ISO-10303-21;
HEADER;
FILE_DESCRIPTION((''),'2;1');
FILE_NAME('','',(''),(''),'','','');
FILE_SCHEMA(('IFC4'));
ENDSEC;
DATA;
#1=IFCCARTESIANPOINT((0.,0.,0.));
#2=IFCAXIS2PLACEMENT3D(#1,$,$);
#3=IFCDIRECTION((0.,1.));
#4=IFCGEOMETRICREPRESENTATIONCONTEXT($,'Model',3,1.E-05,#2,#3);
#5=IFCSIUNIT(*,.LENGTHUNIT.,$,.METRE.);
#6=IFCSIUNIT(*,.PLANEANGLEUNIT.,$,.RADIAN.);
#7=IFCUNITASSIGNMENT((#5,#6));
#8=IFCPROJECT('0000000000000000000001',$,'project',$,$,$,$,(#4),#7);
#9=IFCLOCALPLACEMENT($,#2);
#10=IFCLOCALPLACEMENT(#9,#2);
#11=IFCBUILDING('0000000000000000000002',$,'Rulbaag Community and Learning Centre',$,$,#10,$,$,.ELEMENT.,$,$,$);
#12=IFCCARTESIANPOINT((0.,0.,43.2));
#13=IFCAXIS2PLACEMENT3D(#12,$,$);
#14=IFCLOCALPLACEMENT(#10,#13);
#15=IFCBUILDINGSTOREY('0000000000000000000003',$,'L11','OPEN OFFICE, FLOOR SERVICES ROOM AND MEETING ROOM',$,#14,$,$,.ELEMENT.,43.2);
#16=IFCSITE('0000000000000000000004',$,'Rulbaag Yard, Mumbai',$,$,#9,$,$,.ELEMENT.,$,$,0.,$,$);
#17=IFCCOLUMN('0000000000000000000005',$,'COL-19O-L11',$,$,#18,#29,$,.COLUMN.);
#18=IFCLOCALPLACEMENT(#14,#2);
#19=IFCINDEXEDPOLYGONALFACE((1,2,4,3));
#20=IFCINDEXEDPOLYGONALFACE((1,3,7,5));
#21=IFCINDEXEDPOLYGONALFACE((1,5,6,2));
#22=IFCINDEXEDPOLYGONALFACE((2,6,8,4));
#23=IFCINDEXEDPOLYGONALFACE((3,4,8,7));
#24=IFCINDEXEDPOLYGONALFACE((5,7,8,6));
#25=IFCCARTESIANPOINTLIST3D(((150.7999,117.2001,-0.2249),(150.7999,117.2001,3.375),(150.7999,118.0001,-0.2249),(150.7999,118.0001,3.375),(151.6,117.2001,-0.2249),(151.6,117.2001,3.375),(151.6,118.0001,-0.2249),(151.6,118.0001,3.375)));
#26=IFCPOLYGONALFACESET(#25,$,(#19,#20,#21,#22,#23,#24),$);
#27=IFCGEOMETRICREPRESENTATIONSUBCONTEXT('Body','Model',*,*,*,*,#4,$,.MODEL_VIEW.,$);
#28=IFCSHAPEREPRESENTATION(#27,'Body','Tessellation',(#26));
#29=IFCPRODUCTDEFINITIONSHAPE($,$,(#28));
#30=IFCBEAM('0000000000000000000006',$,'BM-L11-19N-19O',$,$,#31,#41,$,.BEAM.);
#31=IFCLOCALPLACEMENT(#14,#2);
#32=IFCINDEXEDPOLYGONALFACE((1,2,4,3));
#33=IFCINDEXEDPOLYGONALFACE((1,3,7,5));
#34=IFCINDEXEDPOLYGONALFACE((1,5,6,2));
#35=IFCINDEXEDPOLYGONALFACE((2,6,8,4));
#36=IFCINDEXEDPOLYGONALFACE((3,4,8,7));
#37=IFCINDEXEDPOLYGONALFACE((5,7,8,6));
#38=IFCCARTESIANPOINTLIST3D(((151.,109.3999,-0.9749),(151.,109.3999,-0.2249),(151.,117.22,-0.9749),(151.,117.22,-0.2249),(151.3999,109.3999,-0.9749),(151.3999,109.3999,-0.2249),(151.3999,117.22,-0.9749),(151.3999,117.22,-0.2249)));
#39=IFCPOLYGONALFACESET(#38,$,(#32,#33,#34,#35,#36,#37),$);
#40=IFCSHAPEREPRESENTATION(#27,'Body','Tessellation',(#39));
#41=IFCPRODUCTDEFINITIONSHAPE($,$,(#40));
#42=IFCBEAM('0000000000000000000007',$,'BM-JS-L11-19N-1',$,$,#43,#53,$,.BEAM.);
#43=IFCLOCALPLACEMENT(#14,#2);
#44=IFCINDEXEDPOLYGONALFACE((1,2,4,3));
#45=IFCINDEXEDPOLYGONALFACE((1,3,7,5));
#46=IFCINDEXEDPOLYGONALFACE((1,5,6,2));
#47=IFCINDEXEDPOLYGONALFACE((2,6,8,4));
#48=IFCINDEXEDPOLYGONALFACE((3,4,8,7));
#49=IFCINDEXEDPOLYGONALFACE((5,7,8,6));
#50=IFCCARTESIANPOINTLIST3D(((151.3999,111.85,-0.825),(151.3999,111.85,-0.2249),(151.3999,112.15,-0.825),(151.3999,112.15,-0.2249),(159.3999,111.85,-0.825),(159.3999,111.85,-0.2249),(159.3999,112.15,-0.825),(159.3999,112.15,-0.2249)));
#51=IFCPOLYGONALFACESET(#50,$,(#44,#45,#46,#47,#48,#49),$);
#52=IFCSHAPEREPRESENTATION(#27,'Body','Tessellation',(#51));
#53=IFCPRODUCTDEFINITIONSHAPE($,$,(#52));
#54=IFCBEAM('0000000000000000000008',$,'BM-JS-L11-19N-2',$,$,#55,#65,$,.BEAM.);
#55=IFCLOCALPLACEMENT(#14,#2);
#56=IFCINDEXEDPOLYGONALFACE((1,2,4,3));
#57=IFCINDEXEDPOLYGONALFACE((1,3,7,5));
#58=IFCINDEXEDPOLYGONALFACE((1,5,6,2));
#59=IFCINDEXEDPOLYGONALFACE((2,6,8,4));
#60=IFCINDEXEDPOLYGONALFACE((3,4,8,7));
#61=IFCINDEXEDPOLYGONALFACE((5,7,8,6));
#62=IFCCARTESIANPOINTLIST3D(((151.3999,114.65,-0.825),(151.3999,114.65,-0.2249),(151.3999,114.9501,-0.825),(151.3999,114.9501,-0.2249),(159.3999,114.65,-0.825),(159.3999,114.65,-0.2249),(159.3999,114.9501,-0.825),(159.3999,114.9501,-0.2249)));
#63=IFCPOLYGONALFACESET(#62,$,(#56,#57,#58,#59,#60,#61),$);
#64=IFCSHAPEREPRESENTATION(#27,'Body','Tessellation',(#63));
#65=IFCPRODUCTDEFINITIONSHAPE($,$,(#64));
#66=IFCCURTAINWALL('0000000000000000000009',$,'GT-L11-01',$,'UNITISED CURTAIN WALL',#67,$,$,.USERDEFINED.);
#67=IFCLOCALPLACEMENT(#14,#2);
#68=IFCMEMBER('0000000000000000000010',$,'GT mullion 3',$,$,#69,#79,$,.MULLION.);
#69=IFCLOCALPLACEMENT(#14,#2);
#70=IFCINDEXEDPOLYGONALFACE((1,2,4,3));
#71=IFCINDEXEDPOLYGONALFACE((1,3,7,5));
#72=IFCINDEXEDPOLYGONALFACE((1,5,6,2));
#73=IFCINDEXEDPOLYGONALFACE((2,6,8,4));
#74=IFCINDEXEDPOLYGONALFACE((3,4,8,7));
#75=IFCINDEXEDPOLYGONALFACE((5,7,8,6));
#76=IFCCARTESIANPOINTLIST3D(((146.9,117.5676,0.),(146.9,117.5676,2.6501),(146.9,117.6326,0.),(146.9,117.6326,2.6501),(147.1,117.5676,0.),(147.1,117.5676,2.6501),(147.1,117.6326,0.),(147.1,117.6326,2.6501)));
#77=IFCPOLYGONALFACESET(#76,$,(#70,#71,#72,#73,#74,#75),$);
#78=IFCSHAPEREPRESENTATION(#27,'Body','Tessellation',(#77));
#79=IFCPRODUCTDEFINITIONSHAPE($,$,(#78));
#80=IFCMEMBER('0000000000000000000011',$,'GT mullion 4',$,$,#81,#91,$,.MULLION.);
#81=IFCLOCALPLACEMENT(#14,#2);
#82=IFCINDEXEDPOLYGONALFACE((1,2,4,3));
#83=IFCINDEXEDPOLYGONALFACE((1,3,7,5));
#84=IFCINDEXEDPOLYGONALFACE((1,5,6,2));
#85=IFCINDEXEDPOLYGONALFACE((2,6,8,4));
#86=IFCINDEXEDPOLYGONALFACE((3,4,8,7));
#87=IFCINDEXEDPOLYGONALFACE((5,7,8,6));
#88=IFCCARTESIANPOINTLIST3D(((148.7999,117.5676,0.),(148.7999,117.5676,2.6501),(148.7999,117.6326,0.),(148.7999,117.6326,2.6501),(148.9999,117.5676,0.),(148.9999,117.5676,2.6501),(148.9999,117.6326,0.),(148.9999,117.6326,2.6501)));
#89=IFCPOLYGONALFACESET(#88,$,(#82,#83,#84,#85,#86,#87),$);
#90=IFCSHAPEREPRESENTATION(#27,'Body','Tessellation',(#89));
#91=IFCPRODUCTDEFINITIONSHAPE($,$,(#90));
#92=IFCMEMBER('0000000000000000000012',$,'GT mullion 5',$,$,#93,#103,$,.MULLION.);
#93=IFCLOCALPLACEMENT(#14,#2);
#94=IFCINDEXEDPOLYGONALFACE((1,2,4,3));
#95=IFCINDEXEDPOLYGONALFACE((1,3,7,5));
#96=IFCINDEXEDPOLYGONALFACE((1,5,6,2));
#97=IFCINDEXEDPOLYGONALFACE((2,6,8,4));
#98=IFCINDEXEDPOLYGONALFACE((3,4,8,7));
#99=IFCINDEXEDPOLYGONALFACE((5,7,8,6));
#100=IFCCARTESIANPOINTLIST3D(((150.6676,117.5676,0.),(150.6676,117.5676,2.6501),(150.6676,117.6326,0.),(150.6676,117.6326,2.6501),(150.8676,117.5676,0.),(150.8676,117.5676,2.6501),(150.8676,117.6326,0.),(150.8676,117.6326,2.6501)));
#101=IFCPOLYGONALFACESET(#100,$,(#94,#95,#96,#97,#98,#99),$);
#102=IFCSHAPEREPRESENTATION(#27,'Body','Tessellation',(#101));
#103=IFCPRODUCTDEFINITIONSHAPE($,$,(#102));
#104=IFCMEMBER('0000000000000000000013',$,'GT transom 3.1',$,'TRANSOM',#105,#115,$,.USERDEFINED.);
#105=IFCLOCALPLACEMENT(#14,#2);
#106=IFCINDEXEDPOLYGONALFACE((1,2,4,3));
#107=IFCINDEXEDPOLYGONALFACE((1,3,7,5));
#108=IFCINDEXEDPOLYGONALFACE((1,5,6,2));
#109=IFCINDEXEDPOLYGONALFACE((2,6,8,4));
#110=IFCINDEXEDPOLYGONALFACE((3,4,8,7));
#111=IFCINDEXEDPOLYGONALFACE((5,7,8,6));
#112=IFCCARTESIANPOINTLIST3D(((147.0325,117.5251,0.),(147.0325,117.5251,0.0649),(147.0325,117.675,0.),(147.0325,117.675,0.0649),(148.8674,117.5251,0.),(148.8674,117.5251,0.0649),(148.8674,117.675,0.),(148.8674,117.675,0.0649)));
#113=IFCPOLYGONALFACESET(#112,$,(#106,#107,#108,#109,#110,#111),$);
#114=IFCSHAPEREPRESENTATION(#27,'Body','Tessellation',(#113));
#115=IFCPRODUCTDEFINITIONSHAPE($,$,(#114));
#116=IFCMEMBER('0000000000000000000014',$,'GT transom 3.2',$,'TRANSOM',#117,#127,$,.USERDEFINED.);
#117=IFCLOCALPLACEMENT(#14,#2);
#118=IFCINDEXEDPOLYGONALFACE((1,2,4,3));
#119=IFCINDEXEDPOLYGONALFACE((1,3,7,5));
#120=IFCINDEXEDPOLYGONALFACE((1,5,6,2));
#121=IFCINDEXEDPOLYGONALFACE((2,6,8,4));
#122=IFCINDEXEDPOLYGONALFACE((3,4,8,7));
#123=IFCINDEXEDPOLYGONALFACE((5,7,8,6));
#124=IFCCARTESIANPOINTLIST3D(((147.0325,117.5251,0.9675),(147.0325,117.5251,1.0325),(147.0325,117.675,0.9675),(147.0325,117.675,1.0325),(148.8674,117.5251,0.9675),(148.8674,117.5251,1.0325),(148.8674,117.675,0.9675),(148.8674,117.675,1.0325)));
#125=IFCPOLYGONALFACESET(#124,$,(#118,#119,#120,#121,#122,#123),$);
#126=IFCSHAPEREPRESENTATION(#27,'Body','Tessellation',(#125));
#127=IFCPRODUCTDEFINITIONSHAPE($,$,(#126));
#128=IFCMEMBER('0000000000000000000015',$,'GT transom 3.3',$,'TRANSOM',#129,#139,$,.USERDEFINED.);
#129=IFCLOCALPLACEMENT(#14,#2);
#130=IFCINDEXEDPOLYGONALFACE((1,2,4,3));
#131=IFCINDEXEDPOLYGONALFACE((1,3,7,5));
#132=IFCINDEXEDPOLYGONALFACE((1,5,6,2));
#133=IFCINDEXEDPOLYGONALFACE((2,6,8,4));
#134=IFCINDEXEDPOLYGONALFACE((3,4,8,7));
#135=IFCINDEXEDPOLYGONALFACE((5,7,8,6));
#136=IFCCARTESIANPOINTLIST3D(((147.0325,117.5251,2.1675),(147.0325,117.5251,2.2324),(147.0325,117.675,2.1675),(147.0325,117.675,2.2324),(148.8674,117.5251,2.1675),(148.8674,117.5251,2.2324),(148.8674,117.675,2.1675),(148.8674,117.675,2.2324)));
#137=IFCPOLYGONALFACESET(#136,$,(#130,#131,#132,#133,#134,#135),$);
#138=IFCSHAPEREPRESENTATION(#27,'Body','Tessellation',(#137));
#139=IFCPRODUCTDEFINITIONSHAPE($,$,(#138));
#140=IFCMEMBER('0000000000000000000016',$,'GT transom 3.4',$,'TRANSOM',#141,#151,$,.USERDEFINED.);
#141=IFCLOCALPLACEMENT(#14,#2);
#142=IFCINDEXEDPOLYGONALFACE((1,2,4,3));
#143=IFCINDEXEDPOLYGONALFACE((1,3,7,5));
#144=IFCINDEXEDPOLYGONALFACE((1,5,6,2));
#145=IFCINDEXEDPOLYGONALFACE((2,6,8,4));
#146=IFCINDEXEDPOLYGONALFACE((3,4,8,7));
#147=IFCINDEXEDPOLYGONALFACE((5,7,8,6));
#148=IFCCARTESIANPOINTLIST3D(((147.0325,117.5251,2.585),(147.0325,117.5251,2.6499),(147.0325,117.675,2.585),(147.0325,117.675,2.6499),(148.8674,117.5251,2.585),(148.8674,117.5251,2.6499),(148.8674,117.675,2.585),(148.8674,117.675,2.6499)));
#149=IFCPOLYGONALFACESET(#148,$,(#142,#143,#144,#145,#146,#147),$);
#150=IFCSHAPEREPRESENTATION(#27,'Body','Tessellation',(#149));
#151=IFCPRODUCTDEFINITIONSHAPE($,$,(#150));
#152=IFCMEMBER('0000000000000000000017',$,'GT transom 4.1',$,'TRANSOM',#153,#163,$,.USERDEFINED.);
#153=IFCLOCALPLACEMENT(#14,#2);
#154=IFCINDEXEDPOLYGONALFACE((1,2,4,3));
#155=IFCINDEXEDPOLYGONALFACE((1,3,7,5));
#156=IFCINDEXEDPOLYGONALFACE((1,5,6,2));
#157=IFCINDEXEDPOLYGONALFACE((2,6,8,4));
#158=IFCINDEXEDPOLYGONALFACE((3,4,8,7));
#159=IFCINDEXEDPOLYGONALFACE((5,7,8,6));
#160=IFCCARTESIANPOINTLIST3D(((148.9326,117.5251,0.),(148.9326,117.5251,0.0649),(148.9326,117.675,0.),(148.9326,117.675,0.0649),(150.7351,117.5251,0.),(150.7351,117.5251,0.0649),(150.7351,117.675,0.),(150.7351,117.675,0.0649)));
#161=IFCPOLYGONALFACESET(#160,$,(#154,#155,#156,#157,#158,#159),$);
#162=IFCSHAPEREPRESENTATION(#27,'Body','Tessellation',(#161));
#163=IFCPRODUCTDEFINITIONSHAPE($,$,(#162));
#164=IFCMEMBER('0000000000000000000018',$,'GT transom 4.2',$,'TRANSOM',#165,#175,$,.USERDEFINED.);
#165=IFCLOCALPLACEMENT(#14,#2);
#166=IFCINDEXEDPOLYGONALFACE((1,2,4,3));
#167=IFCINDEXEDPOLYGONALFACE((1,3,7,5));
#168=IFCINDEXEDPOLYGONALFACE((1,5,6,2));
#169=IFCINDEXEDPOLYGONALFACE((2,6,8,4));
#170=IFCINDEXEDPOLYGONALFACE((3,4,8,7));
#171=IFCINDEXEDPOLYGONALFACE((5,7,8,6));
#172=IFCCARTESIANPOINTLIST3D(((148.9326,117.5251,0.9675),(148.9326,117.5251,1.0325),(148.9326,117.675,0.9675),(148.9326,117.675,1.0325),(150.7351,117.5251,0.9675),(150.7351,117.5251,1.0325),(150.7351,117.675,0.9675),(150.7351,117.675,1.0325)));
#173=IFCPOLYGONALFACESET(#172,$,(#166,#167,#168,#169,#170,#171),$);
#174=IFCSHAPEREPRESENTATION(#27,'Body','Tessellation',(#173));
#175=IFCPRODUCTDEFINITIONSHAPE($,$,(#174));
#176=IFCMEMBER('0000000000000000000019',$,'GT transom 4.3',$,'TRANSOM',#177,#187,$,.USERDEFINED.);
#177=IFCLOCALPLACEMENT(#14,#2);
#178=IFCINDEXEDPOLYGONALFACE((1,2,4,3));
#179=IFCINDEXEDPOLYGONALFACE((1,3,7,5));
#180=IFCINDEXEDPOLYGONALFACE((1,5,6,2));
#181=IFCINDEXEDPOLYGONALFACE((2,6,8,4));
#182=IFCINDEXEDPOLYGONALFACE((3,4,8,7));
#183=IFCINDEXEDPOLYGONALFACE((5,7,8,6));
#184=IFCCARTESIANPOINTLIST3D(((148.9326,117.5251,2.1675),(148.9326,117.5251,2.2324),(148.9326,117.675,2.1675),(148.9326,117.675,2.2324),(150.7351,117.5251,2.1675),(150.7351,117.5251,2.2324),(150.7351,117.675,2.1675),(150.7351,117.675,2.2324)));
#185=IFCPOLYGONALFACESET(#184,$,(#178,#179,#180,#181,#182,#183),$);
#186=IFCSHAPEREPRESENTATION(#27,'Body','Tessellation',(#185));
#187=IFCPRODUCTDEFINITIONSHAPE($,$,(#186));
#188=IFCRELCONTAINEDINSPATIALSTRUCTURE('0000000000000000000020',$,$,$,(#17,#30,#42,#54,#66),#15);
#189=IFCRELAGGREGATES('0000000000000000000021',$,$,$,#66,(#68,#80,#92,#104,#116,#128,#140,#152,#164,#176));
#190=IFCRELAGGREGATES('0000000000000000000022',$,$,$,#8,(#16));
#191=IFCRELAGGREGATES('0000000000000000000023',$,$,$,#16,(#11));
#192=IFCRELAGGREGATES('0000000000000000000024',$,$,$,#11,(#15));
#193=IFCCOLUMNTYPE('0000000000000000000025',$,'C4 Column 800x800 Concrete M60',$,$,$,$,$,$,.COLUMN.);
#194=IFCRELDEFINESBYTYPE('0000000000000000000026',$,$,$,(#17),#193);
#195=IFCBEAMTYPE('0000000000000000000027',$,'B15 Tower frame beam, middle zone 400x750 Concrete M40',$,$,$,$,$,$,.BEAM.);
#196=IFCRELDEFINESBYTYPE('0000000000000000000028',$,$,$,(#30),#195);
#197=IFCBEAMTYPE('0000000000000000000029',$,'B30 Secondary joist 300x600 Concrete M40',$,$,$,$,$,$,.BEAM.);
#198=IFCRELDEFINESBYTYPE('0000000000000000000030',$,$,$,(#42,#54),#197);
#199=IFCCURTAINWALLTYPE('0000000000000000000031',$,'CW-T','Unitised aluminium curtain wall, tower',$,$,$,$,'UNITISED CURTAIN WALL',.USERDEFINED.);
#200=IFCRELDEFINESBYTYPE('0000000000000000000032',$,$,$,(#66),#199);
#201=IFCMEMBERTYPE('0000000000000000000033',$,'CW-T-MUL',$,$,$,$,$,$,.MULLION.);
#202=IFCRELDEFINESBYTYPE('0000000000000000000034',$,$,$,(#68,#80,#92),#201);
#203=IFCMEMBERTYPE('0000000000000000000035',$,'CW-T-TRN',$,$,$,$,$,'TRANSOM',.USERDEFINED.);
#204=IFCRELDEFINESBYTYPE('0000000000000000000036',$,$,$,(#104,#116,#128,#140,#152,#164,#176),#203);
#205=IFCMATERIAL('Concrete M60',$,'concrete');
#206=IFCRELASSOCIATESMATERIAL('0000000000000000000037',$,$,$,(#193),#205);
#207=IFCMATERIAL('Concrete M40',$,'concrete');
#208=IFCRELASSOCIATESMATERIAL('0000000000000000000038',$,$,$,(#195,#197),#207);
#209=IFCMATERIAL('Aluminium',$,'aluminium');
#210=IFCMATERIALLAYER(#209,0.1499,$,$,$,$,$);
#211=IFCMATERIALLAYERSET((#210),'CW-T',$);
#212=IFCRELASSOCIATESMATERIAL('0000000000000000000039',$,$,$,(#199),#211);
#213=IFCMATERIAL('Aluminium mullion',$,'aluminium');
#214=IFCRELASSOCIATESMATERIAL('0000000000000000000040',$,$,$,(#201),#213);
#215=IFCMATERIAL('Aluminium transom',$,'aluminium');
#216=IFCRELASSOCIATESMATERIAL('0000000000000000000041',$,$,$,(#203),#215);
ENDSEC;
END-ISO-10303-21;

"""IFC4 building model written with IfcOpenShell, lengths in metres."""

from ifc_helpers import new_model, si_unit, direction, frame, origin, origin_2d, place, context, subcontext, project, spatial, rectangle, extrude, material, layer, layer_set, material_profile, profile_set, type_object, element, aggregate, save


model = new_model("IFC4")

# Units and contexts
model_context = context("Model", 3, precision=1e-05, world=origin(), true_north=direction((0.0, 1.0)))
body_context = subcontext(model_context, "Body", "Model", "MODEL_VIEW")
ifc_project = project(units=[si_unit("LENGTHUNIT", "METRE"), si_unit("PLANEANGLEUNIT", "RADIAN")], contexts=[model_context])

# Site, building, storey
site_placement = place(None, origin())
site = spatial("IfcSite", under=ifc_project, at=site_placement, Name="Rulbaag Yard, Mumbai", CompositionType="ELEMENT", RefElevation=0.0)
building_placement = place(site_placement, origin())
building = spatial("IfcBuilding", under=site, at=building_placement, Name="Rulbaag Community and Learning Centre", CompositionType="ELEMENT")
storey_placement = place(building_placement, frame((0.0, 0.0, 43.2)))
storey = spatial("IfcBuildingStorey", under=building, at=storey_placement, Name="L11", Description="OPEN OFFICE, FLOOR SERVICES ROOM AND MEETING ROOM", CompositionType="ELEMENT", Elevation=43.2)

# Column
ifc_material_1 = material(Name="Concrete M60", Category="concrete")
ifc_material_profile_1 = material_profile(ifc_material_1, rectangle(XDim=0.8, YDim=0.8, at=origin_2d()), Name="RC800x800")
ifc_profile_set_1 = profile_set([ifc_material_profile_1], Name="Concrete M60")
column_type = type_object("IfcColumnType", Name="C4 Column 800x800 Concrete M60", PredefinedType="COLUMN", material=ifc_profile_set_1)
column_placement = place(storey_placement, frame((151.2, 117.6001, -0.2249), z_axis=(0.0, 0.0, 1.0), x_axis=(1.0, 0.0, 0.0)))
element("IfcColumn", 1, at=column_placement, inside=storey, type_object=column_type, Name="COL-19O-L11", PredefinedType="COLUMN", context=body_context, shape_type="SweptSolid", body=[
    extrude(rectangle(XDim=0.8, YDim=0.8, at=origin_2d()), origin(), (0.0, 0.0, 1.0), 3.5999),
])

# Beams
ifc_material_2 = material(Name="Concrete M40", Category="concrete")
ifc_material_profile_2 = material_profile(ifc_material_2, rectangle(XDim=0.3999, YDim=0.75, at=origin_2d()), Name="RB400x750")
ifc_profile_set_2 = profile_set([ifc_material_profile_2], Name="Concrete M40")
beam_type_1 = type_object("IfcBeamType", Name="B15 Tower frame beam, middle zone 400x750 Concrete M40", PredefinedType="BEAM", material=ifc_profile_set_2)
beam_placement = place(storey_placement, frame((151.2, 109.3999, -0.5999), z_axis=(0.0, 1.0, 0.0), x_axis=(-1.0, 0.0, 0.0)))
element("IfcBeam", 2, at=beam_placement, inside=storey, type_object=beam_type_1, Name="BM-L11-19N-19O", PredefinedType="BEAM", context=body_context, shape_type="SweptSolid", body=[
    extrude(rectangle(XDim=0.3999, YDim=0.75, at=origin_2d()), origin(), (0.0, 0.0, 1.0), 7.8201),
])
ifc_material_profile_3 = material_profile(ifc_material_2, rectangle(XDim=0.3, YDim=0.6001, at=origin_2d()), Name="RB300x600")
ifc_profile_set_3 = profile_set([ifc_material_profile_3], Name="Concrete M40")
beam_type_2 = type_object("IfcBeamType", Name="B30 Secondary joist 300x600 Concrete M40", PredefinedType="BEAM", material=ifc_profile_set_3)
for number, where, z_axis, x_axis, name in (
    (3, (151.3999, 112.0, -0.5249), (1.0, 0.0, 0.0), (0.0, 1.0, 0.0), "BM-JS-L11-19N-1"),
    (4, (151.3999, 114.8, -0.5249), (1.0, 0.0, 0.0), (0.0, 1.0, 0.0), "BM-JS-L11-19N-2"),
):
    element("IfcBeam", number, at=place(storey_placement, frame(where, z_axis=z_axis, x_axis=x_axis)), inside=storey, type_object=beam_type_2, Name=name, PredefinedType="BEAM", context=body_context, shape_type="SweptSolid", body=[
        extrude(rectangle(XDim=0.3, YDim=0.6001, at=origin_2d()), origin(), (0.0, 0.0, 1.0), 8.0),
    ])

# Curtain wall, members
ifc_material_3 = material(Name="Aluminium", Category="aluminium")
ifc_layer_1 = layer(ifc_material_3, 0.1499)
ifc_layer_set_1 = layer_set([ifc_layer_1], Name="CW-T")
curtain_wall_type = type_object("IfcCurtainWallType", Name="CW-T", Description="Unitised aluminium curtain wall, tower", ElementType="UNITISED CURTAIN WALL", PredefinedType="USERDEFINED", material=ifc_layer_set_1)
curtain_wall_placement = place(storey_placement, origin())
curtain_wall = element("IfcCurtainWall", 5, at=curtain_wall_placement, inside=storey, type_object=curtain_wall_type, Name="GT-L11-01", ObjectType="UNITISED CURTAIN WALL", PredefinedType="USERDEFINED")
ifc_material_4 = material(Name="Aluminium mullion", Category="aluminium")
ifc_material_profile_4 = material_profile(ifc_material_4, rectangle(XDim=0.0649, YDim=0.2, at=origin_2d()), Name="AL 65x200")
ifc_profile_set_4 = profile_set([ifc_material_profile_4], Name="Aluminium mullion")
member_type_1 = type_object("IfcMemberType", Name="CW-T-MUL", PredefinedType="MULLION", material=ifc_profile_set_4)
member_1_placement = place(storey_placement, frame((147.0, 117.6001, 0.0), z_axis=(0.0, 0.0, 1.0), x_axis=(0.0, 1.0, 0.0)))
member_1 = element("IfcMember", 6, at=member_1_placement, type_object=member_type_1, Name="GT mullion 3", PredefinedType="MULLION", context=body_context, shape_type="SweptSolid", body=[
    extrude(rectangle(XDim=0.0649, YDim=0.2, at=origin_2d()), origin(), (0.0, 0.0, 1.0), 2.6501),
])
member_2_placement = place(storey_placement, frame((148.8999, 117.6001, 0.0), z_axis=(0.0, 0.0, 1.0), x_axis=(0.0, 1.0, 0.0)))
member_2 = element("IfcMember", 7, at=member_2_placement, type_object=member_type_1, Name="GT mullion 4", PredefinedType="MULLION", context=body_context, shape_type="SweptSolid", body=[
    extrude(rectangle(XDim=0.0649, YDim=0.2, at=origin_2d()), origin(), (0.0, 0.0, 1.0), 2.6501),
])
member_3_placement = place(storey_placement, frame((150.7676, 117.6001, 0.0), z_axis=(0.0, 0.0, 1.0), x_axis=(0.0, 1.0, 0.0)))
member_3 = element("IfcMember", 8, at=member_3_placement, type_object=member_type_1, Name="GT mullion 5", PredefinedType="MULLION", context=body_context, shape_type="SweptSolid", body=[
    extrude(rectangle(XDim=0.0649, YDim=0.2, at=origin_2d()), origin(), (0.0, 0.0, 1.0), 2.6501),
])
ifc_material_5 = material(Name="Aluminium transom", Category="aluminium")
ifc_material_profile_5 = material_profile(ifc_material_5, rectangle(XDim=0.1499, YDim=0.0649, at=origin_2d()), Name="AL 65x150 T")
ifc_profile_set_5 = profile_set([ifc_material_profile_5], Name="Aluminium transom")
member_type_2 = type_object("IfcMemberType", Name="CW-T-TRN", ElementType="TRANSOM", PredefinedType="USERDEFINED", material=ifc_profile_set_5)
member_4_placement = place(storey_placement, frame((147.0325, 117.6001, 0.0325), z_axis=(1.0, 0.0, 0.0), x_axis=(0.0, 1.0, 0.0)))
member_4 = element("IfcMember", 9, at=member_4_placement, type_object=member_type_2, Name="GT transom 3.1", ObjectType="TRANSOM", PredefinedType="USERDEFINED", context=body_context, shape_type="SweptSolid", body=[
    extrude(rectangle(XDim=0.1499, YDim=0.0649, at=origin_2d()), origin(), (0.0, 0.0, 1.0), 1.835),
])
member_5_placement = place(storey_placement, frame((147.0325, 117.6001, 1.0), z_axis=(1.0, 0.0, 0.0), x_axis=(0.0, 1.0, 0.0)))
member_5 = element("IfcMember", 10, at=member_5_placement, type_object=member_type_2, Name="GT transom 3.2", ObjectType="TRANSOM", PredefinedType="USERDEFINED", context=body_context, shape_type="SweptSolid", body=[
    extrude(rectangle(XDim=0.1499, YDim=0.0649, at=origin_2d()), origin(), (0.0, 0.0, 1.0), 1.835),
])
member_6_placement = place(storey_placement, frame((147.0325, 117.6001, 2.2), z_axis=(1.0, 0.0, 0.0), x_axis=(0.0, 1.0, 0.0)))
member_6 = element("IfcMember", 11, at=member_6_placement, type_object=member_type_2, Name="GT transom 3.3", ObjectType="TRANSOM", PredefinedType="USERDEFINED", context=body_context, shape_type="SweptSolid", body=[
    extrude(rectangle(XDim=0.1499, YDim=0.0649, at=origin_2d()), origin(), (0.0, 0.0, 1.0), 1.835),
])
member_7_placement = place(storey_placement, frame((147.0325, 117.6001, 2.6174), z_axis=(1.0, 0.0, 0.0), x_axis=(0.0, 1.0, 0.0)))
member_7 = element("IfcMember", 12, at=member_7_placement, type_object=member_type_2, Name="GT transom 3.4", ObjectType="TRANSOM", PredefinedType="USERDEFINED", context=body_context, shape_type="SweptSolid", body=[
    extrude(rectangle(XDim=0.1499, YDim=0.0649, at=origin_2d()), origin(), (0.0, 0.0, 1.0), 1.835),
])
member_8_placement = place(storey_placement, frame((148.9326, 117.6001, 0.0325), z_axis=(1.0, 0.0, 0.0), x_axis=(0.0, 1.0, 0.0)))
member_8 = element("IfcMember", 13, at=member_8_placement, type_object=member_type_2, Name="GT transom 4.1", ObjectType="TRANSOM", PredefinedType="USERDEFINED", context=body_context, shape_type="SweptSolid", body=[
    extrude(rectangle(XDim=0.1499, YDim=0.0649, at=origin_2d()), origin(), (0.0, 0.0, 1.0), 1.8025),
])
member_9_placement = place(storey_placement, frame((148.9326, 117.6001, 1.0), z_axis=(1.0, 0.0, 0.0), x_axis=(0.0, 1.0, 0.0)))
member_9 = element("IfcMember", 14, at=member_9_placement, type_object=member_type_2, Name="GT transom 4.2", ObjectType="TRANSOM", PredefinedType="USERDEFINED", context=body_context, shape_type="SweptSolid", body=[
    extrude(rectangle(XDim=0.1499, YDim=0.0649, at=origin_2d()), origin(), (0.0, 0.0, 1.0), 1.8025),
])
member_10_placement = place(storey_placement, frame((148.9326, 117.6001, 2.2), z_axis=(1.0, 0.0, 0.0), x_axis=(0.0, 1.0, 0.0)))
member_10 = element("IfcMember", 15, at=member_10_placement, type_object=member_type_2, Name="GT transom 4.3", ObjectType="TRANSOM", PredefinedType="USERDEFINED", context=body_context, shape_type="SweptSolid", body=[
    extrude(rectangle(XDim=0.1499, YDim=0.0649, at=origin_2d()), origin(), (0.0, 0.0, 1.0), 1.8025),
])
aggregate(curtain_wall, [member_1, member_2, member_3, member_4, member_5, member_6, member_7, member_8, member_9, member_10])

save(model, "model.ifc")
